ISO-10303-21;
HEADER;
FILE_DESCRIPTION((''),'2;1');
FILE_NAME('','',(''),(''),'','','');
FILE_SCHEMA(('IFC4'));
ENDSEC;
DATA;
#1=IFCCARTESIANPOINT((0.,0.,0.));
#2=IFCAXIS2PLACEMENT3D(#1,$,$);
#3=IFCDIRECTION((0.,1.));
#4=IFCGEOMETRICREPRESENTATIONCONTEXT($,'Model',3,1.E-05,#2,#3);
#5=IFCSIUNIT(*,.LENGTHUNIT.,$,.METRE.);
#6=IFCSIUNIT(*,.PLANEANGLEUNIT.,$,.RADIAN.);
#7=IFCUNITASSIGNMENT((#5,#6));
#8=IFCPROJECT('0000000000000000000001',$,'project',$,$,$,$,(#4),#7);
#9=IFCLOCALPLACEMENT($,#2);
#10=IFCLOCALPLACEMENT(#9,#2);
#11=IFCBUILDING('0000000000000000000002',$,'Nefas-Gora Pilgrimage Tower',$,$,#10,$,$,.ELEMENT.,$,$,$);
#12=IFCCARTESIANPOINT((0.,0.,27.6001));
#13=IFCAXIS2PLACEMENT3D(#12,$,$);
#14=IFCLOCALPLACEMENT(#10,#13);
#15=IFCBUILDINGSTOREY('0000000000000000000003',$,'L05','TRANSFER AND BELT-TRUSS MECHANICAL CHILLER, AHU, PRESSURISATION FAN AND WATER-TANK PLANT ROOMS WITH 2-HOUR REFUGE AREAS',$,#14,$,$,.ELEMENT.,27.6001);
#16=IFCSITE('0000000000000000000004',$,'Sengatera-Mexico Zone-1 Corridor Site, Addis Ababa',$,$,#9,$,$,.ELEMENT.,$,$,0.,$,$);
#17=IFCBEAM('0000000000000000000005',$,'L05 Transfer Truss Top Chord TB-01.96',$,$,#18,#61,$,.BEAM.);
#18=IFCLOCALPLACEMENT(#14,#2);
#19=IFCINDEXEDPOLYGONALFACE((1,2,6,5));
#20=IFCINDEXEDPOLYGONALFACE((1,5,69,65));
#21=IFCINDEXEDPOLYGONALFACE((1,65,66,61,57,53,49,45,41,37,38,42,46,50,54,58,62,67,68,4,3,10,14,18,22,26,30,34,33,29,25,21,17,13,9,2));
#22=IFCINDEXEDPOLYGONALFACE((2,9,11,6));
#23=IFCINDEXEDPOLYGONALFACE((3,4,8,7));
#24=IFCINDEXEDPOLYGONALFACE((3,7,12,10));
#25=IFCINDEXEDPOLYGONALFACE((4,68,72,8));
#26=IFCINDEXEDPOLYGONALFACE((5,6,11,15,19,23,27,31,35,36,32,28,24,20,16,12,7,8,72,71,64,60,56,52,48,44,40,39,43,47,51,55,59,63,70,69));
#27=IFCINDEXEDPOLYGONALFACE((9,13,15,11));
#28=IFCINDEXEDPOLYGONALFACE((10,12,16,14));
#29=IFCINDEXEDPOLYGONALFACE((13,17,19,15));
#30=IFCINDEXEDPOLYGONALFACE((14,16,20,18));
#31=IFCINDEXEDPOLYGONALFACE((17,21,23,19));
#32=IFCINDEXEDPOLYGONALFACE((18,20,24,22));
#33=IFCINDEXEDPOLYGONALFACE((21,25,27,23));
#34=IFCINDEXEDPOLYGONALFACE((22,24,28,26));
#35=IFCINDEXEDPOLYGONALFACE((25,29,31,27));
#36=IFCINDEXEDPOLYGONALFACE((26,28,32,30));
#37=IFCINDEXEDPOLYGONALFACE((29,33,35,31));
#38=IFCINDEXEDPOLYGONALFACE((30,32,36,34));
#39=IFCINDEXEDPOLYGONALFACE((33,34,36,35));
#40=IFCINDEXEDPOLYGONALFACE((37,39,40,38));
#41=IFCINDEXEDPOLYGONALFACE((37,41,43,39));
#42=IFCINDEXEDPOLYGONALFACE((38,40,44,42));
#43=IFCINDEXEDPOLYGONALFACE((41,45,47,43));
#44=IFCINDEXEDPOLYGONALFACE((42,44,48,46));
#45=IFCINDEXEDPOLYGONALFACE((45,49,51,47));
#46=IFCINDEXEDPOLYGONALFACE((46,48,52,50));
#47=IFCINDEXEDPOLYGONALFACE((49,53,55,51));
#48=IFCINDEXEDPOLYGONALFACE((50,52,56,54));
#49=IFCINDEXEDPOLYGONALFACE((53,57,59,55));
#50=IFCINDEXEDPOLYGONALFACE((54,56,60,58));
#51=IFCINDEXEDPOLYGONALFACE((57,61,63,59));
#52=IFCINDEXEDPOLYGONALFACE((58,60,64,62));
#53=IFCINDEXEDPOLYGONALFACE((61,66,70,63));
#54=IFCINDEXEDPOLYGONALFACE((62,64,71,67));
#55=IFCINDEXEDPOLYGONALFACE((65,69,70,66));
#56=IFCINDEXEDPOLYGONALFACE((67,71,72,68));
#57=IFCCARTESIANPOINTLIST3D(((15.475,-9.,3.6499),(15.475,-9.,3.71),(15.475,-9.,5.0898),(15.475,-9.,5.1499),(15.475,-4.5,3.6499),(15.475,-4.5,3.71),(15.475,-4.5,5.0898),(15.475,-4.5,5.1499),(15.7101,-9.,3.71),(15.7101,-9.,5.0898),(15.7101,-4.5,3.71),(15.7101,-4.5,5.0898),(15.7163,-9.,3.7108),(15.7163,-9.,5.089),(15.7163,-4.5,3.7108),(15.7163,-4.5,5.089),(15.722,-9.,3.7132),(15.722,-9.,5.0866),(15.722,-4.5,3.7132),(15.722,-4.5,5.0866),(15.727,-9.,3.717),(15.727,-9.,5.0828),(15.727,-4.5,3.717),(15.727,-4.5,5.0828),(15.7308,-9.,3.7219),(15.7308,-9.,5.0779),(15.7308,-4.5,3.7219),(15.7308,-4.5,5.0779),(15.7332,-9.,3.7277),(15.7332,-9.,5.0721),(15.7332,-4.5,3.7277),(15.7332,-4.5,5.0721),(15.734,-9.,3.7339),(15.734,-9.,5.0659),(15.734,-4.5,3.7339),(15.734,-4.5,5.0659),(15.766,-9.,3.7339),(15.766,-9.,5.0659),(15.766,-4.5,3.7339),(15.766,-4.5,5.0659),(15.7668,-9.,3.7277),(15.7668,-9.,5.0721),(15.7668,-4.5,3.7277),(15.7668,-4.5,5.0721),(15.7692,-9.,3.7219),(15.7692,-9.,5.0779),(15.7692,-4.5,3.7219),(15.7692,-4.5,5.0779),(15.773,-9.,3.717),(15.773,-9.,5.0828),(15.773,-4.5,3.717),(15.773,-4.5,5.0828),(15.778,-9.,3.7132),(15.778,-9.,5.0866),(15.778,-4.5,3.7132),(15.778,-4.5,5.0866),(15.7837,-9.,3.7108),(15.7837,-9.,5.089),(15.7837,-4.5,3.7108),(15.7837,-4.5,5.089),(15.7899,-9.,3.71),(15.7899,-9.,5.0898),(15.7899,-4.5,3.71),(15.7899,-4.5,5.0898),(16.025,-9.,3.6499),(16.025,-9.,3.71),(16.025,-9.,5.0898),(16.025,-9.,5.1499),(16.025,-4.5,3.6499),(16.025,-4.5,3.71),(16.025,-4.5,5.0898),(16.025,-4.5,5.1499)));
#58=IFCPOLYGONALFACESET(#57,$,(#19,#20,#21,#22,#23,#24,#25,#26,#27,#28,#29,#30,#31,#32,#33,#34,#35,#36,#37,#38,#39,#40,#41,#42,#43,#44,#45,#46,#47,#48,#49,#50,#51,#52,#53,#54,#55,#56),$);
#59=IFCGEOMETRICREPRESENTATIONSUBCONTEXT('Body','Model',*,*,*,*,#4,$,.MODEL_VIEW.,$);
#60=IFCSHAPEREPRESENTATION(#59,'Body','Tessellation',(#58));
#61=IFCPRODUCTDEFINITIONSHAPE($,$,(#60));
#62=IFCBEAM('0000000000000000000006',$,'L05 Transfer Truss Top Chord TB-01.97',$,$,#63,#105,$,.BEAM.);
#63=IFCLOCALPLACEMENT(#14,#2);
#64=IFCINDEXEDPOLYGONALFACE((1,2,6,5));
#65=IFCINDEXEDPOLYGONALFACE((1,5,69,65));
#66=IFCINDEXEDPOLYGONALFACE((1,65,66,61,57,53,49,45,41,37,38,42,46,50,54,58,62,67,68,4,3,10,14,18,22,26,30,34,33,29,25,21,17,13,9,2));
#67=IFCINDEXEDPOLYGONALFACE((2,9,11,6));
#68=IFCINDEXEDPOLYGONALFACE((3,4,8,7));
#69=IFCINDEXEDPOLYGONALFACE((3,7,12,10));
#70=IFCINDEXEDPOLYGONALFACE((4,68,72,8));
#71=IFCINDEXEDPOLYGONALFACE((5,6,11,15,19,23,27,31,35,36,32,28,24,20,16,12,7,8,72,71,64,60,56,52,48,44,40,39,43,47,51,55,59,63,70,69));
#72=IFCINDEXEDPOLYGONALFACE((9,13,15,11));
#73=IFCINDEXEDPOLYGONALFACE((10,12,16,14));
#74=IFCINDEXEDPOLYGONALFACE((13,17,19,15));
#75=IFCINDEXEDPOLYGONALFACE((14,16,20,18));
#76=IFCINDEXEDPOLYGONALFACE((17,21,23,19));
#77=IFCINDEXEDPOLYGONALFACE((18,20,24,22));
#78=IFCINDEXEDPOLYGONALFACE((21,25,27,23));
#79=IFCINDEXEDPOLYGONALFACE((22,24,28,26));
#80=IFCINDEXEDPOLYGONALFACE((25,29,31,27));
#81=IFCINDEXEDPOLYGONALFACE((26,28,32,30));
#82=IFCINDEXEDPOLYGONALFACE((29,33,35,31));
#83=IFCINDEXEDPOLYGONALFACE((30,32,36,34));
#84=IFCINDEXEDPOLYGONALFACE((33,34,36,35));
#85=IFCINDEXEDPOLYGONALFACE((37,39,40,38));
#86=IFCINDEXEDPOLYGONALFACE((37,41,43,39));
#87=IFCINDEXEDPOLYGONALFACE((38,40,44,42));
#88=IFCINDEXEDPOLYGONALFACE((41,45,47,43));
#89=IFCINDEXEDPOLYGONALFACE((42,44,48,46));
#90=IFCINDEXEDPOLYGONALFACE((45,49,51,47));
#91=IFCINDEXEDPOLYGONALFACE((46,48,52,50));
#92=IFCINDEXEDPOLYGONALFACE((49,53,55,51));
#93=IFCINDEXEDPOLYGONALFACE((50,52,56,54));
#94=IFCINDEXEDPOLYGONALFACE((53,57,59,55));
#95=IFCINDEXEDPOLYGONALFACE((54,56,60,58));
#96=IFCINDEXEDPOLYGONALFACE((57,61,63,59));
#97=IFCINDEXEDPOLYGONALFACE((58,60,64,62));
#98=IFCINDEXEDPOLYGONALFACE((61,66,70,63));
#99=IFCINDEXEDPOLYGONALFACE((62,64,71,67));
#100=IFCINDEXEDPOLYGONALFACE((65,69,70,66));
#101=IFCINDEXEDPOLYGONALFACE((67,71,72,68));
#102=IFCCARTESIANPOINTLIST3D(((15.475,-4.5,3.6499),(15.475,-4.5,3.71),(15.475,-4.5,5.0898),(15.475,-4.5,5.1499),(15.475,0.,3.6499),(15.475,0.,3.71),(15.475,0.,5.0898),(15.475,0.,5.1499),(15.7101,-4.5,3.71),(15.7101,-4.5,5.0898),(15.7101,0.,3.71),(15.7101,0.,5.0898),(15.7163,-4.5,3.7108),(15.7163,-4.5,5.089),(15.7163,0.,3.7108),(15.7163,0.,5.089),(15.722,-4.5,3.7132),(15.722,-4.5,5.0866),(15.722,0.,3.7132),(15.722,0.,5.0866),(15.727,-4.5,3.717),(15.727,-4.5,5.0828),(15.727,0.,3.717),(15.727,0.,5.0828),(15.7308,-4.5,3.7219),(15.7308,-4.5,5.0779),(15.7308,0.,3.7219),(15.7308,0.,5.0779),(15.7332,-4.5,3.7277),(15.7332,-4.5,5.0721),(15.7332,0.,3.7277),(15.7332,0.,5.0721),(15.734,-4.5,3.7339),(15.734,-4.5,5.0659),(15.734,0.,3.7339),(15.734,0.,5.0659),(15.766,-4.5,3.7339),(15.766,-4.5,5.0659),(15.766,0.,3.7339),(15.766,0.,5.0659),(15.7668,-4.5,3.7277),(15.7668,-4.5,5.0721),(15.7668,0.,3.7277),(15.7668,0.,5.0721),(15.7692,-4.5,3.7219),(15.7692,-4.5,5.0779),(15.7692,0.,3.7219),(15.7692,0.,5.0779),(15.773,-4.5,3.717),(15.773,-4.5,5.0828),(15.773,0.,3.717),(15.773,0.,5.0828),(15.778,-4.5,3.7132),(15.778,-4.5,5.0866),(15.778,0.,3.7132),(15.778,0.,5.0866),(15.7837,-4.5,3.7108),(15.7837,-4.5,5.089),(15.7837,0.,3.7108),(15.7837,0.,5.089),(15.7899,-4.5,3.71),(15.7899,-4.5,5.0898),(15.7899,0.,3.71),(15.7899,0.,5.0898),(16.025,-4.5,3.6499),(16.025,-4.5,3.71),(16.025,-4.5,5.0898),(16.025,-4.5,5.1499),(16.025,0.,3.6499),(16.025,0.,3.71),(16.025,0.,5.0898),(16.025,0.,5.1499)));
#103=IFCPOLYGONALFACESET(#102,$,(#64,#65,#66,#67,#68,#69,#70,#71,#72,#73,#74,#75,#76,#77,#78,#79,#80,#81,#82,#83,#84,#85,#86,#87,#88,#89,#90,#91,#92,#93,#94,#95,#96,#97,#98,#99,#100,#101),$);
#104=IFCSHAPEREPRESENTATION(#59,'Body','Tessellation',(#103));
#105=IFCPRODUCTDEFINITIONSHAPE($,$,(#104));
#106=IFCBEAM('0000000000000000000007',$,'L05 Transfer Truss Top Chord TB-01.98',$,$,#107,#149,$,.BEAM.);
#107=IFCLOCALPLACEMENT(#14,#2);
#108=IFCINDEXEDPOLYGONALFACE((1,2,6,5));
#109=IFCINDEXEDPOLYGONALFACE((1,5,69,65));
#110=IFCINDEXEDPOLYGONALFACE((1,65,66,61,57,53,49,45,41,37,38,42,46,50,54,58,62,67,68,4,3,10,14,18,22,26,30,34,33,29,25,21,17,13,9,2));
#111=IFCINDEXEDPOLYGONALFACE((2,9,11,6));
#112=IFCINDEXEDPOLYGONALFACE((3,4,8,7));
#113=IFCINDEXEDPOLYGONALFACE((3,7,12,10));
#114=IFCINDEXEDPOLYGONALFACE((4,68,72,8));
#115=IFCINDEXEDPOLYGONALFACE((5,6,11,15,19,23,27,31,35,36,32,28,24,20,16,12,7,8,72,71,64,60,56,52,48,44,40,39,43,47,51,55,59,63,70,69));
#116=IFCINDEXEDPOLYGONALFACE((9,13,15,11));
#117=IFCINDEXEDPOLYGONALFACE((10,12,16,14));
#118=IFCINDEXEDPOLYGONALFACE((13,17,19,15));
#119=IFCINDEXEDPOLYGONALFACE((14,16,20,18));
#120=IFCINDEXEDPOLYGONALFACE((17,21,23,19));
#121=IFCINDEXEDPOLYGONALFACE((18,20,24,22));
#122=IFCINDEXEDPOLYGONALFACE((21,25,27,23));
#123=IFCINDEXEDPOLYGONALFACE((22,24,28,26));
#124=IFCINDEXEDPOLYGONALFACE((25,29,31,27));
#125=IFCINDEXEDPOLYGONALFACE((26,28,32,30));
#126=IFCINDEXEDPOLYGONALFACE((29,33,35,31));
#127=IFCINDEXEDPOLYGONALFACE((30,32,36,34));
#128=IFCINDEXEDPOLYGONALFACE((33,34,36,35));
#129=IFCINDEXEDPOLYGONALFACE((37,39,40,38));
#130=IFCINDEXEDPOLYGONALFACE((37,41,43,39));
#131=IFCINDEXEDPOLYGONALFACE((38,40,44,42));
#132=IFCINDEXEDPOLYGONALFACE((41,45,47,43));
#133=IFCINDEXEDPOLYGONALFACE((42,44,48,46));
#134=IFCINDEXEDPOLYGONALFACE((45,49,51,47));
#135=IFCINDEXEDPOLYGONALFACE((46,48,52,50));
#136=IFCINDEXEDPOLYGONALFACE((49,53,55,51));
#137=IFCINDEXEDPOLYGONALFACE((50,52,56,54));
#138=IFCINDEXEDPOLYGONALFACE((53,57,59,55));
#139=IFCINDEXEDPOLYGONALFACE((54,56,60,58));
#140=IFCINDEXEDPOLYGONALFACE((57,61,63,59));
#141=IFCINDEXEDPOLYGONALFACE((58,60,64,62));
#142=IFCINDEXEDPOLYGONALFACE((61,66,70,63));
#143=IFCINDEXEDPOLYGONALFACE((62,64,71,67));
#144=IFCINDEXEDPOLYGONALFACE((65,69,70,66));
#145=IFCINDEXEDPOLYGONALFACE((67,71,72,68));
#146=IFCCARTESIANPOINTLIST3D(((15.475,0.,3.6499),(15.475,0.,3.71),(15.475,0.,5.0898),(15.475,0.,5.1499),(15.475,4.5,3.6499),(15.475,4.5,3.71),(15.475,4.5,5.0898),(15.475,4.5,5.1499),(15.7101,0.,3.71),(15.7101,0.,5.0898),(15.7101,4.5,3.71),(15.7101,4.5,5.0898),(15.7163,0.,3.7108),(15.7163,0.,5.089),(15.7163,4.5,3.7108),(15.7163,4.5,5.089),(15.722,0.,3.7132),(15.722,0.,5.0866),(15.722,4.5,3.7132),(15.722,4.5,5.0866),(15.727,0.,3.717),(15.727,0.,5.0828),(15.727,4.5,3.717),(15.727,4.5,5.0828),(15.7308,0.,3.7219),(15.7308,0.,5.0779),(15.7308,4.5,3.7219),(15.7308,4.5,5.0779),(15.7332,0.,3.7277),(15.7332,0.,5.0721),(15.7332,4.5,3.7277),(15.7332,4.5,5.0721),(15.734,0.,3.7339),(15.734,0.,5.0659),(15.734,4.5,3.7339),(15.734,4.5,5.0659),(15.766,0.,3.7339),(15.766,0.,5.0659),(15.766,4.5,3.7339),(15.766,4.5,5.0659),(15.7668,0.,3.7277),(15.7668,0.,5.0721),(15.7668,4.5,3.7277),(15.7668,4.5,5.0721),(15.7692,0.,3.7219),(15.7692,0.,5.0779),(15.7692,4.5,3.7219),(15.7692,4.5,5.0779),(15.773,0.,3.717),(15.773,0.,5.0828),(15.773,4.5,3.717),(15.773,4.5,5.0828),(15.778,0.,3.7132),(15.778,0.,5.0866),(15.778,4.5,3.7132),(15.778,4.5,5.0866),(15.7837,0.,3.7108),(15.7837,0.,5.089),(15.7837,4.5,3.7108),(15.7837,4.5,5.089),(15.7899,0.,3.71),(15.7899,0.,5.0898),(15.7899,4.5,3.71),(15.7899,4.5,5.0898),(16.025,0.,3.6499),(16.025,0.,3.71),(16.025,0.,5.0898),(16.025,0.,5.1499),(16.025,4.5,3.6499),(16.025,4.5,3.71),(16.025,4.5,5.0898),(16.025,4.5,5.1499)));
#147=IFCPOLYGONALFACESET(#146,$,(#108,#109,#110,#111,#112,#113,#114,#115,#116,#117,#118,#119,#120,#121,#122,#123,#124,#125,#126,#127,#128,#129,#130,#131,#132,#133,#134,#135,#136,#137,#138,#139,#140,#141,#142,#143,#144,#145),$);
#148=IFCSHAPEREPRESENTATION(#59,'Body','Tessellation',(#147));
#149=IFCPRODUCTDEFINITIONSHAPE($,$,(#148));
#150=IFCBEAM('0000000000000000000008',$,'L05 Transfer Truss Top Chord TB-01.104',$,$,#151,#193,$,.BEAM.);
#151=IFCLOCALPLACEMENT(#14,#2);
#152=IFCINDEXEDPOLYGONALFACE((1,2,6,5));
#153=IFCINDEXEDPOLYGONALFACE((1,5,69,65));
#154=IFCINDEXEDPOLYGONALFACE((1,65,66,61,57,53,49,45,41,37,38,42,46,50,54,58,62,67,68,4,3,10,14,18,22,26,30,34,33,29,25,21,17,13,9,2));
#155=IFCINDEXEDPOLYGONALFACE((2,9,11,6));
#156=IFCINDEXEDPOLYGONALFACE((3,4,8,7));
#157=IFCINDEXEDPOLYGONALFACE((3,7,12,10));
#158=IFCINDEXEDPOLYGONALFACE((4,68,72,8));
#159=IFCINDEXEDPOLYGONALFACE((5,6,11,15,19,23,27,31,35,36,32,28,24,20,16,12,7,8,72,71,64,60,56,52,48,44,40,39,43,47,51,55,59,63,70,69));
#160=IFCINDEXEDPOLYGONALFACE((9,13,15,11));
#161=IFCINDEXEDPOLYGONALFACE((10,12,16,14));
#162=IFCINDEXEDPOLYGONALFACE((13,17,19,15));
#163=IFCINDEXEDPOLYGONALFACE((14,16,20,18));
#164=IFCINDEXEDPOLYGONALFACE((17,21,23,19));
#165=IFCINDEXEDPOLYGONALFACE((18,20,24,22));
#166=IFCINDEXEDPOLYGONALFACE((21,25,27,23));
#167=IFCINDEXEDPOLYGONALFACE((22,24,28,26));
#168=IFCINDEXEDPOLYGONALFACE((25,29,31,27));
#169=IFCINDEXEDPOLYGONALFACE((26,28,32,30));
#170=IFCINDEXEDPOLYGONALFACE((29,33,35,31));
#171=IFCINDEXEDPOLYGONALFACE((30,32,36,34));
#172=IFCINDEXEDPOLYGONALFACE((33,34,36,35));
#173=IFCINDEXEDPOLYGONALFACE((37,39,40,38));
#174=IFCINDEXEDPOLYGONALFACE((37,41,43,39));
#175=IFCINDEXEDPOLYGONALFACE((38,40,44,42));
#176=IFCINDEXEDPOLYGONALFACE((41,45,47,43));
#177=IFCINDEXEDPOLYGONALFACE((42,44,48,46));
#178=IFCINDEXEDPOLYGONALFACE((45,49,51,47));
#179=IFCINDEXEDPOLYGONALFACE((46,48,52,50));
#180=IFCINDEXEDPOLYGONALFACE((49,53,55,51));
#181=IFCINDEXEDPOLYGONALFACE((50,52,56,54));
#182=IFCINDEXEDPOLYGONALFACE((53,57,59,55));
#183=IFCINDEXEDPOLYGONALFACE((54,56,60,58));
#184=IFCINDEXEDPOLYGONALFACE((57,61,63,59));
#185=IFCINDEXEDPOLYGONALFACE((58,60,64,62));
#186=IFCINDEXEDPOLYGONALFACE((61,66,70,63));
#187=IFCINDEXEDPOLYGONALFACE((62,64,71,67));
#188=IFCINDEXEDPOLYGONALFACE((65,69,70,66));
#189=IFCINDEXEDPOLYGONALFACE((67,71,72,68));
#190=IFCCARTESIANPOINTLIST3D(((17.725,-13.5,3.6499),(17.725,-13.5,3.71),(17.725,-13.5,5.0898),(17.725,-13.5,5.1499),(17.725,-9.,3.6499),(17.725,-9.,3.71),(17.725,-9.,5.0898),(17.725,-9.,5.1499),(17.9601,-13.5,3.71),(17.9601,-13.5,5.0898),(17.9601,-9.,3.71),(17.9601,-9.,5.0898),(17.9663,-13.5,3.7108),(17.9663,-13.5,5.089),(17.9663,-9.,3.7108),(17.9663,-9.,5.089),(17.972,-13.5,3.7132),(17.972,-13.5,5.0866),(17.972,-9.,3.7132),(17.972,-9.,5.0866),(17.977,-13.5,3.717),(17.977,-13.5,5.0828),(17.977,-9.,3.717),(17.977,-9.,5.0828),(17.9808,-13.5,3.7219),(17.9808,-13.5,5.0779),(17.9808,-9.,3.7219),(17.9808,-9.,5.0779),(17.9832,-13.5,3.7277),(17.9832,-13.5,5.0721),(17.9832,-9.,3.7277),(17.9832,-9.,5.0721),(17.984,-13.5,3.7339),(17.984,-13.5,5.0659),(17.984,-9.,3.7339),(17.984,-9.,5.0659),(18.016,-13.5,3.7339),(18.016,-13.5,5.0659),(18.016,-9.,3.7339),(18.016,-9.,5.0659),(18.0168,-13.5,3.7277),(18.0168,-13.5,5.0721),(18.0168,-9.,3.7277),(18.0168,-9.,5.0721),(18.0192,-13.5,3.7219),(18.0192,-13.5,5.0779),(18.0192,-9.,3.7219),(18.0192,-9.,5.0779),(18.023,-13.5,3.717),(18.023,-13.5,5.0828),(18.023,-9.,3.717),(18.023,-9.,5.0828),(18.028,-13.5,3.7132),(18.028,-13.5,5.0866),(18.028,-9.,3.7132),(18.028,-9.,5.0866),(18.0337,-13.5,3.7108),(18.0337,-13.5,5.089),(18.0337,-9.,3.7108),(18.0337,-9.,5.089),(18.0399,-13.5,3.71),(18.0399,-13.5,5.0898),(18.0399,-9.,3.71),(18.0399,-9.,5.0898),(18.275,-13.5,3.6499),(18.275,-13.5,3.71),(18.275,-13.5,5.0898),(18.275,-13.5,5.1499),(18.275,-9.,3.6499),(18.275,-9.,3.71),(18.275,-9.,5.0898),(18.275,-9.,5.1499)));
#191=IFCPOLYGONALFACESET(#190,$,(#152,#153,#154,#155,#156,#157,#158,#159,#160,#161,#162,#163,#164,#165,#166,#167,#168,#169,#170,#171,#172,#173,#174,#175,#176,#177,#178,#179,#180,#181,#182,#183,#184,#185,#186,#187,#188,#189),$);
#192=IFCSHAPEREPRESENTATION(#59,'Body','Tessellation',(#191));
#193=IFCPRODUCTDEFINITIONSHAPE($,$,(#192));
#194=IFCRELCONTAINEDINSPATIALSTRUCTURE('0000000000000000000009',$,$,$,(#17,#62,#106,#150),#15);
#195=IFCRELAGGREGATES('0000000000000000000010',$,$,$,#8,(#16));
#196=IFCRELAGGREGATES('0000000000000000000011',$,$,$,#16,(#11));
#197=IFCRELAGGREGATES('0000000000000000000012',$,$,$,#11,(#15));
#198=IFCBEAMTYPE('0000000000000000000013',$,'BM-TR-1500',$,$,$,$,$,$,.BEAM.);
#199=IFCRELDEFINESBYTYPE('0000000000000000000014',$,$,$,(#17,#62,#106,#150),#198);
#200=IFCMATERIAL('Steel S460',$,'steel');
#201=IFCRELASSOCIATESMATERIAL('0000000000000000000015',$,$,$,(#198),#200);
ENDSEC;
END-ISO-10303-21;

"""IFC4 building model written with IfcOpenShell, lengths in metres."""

from ifc_helpers import new_model, si_unit, direction, frame, origin, origin_2d, place, context, subcontext, project, spatial, i_section, extrude, source, transform, mapped, material, material_profile, profile_set, type_object, element, save


model = new_model("IFC4")

# Units and contexts
model_context = context("Model", 3, precision=1e-05, world=origin(), true_north=direction((0.0, 1.0)))
body_context = subcontext(model_context, "Body", "Model", "MODEL_VIEW")
ifc_project = project(units=[si_unit("LENGTHUNIT", "METRE"), si_unit("PLANEANGLEUNIT", "RADIAN")], contexts=[model_context])

# Site, building, storey
site_placement = place(None, origin())
site = spatial("IfcSite", under=ifc_project, at=site_placement, Name="Sengatera-Mexico Zone-1 Corridor Site, Addis Ababa", CompositionType="ELEMENT", RefElevation=0.0)
building_placement = place(site_placement, origin())
building = spatial("IfcBuilding", under=site, at=building_placement, Name="Nefas-Gora Pilgrimage Tower", CompositionType="ELEMENT")
storey_placement = place(building_placement, frame((0.0, 0.0, 27.6001)))
storey = spatial("IfcBuildingStorey", under=building, at=storey_placement, Name="L05", Description="TRANSFER AND BELT-TRUSS MECHANICAL CHILLER, AHU, PRESSURISATION FAN AND WATER-TANK PLANT ROOMS WITH 2-HOUR REFUGE AREAS", CompositionType="ELEMENT", Elevation=27.6001)

# Shared definitions
ifc_material_1 = material(Name="Steel S460", Category="steel")

# Beams
ifc_material_profile_1 = material_profile(ifc_material_1, i_section(OverallWidth=0.55, OverallDepth=1.5, WebThickness=0.032, FlangeThickness=0.0601, FilletRadius=0.0239, at=origin_2d()), Name="WPG 1500x550x32x60")
ifc_profile_set_1 = profile_set([ifc_material_profile_1], Name="Steel S460")
beam_type_1 = type_object("IfcBeamType", Name="BM-TR-1500", PredefinedType="BEAM", material=ifc_profile_set_1)
shared_shape_1 = source(origin(), body_context, "Body", "SweptSolid", [
    extrude(i_section(OverallWidth=0.55, OverallDepth=1.5, WebThickness=0.032, FlangeThickness=0.0601, FilletRadius=0.0239, at=origin_2d()), origin(), (0.0, 0.0, 1.0), 4.5),
])
for number, where, z_axis, x_axis, name in (
    (1, (15.75, -9.0, 4.3999), (0.0, 1.0, 0.0), (-1.0, 0.0, 0.0), "L05 Transfer Truss Top Chord TB-01.96"),
    (2, (15.75, -4.5, 4.3999), (0.0, 1.0, 0.0), (-1.0, 0.0, 0.0), "L05 Transfer Truss Top Chord TB-01.97"),
    (3, (15.75, 0.0, 4.3999), (0.0, 1.0, 0.0), (-1.0, 0.0, 0.0), "L05 Transfer Truss Top Chord TB-01.98"),
    (4, (18.0, -13.5, 4.3999), (0.0, 1.0, 0.0), (-1.0, 0.0, 0.0), "L05 Transfer Truss Top Chord TB-01.104"),
):
    element("IfcBeam", number, at=place(storey_placement, frame(where, z_axis=z_axis, x_axis=x_axis)), inside=storey, type_object=beam_type_1, Name=name, PredefinedType="BEAM", context=body_context, shape_type="MappedRepresentation", body=[
        mapped(shared_shape_1, transform((0.0, 0.0, 0.0), x_axis=(1.0, 0.0, 0.0), y_axis=(0.0, 1.0, 0.0), z_axis=(0.0, 0.0, 1.0), scale=1.0)),
    ])

save(model, "model.ifc")
